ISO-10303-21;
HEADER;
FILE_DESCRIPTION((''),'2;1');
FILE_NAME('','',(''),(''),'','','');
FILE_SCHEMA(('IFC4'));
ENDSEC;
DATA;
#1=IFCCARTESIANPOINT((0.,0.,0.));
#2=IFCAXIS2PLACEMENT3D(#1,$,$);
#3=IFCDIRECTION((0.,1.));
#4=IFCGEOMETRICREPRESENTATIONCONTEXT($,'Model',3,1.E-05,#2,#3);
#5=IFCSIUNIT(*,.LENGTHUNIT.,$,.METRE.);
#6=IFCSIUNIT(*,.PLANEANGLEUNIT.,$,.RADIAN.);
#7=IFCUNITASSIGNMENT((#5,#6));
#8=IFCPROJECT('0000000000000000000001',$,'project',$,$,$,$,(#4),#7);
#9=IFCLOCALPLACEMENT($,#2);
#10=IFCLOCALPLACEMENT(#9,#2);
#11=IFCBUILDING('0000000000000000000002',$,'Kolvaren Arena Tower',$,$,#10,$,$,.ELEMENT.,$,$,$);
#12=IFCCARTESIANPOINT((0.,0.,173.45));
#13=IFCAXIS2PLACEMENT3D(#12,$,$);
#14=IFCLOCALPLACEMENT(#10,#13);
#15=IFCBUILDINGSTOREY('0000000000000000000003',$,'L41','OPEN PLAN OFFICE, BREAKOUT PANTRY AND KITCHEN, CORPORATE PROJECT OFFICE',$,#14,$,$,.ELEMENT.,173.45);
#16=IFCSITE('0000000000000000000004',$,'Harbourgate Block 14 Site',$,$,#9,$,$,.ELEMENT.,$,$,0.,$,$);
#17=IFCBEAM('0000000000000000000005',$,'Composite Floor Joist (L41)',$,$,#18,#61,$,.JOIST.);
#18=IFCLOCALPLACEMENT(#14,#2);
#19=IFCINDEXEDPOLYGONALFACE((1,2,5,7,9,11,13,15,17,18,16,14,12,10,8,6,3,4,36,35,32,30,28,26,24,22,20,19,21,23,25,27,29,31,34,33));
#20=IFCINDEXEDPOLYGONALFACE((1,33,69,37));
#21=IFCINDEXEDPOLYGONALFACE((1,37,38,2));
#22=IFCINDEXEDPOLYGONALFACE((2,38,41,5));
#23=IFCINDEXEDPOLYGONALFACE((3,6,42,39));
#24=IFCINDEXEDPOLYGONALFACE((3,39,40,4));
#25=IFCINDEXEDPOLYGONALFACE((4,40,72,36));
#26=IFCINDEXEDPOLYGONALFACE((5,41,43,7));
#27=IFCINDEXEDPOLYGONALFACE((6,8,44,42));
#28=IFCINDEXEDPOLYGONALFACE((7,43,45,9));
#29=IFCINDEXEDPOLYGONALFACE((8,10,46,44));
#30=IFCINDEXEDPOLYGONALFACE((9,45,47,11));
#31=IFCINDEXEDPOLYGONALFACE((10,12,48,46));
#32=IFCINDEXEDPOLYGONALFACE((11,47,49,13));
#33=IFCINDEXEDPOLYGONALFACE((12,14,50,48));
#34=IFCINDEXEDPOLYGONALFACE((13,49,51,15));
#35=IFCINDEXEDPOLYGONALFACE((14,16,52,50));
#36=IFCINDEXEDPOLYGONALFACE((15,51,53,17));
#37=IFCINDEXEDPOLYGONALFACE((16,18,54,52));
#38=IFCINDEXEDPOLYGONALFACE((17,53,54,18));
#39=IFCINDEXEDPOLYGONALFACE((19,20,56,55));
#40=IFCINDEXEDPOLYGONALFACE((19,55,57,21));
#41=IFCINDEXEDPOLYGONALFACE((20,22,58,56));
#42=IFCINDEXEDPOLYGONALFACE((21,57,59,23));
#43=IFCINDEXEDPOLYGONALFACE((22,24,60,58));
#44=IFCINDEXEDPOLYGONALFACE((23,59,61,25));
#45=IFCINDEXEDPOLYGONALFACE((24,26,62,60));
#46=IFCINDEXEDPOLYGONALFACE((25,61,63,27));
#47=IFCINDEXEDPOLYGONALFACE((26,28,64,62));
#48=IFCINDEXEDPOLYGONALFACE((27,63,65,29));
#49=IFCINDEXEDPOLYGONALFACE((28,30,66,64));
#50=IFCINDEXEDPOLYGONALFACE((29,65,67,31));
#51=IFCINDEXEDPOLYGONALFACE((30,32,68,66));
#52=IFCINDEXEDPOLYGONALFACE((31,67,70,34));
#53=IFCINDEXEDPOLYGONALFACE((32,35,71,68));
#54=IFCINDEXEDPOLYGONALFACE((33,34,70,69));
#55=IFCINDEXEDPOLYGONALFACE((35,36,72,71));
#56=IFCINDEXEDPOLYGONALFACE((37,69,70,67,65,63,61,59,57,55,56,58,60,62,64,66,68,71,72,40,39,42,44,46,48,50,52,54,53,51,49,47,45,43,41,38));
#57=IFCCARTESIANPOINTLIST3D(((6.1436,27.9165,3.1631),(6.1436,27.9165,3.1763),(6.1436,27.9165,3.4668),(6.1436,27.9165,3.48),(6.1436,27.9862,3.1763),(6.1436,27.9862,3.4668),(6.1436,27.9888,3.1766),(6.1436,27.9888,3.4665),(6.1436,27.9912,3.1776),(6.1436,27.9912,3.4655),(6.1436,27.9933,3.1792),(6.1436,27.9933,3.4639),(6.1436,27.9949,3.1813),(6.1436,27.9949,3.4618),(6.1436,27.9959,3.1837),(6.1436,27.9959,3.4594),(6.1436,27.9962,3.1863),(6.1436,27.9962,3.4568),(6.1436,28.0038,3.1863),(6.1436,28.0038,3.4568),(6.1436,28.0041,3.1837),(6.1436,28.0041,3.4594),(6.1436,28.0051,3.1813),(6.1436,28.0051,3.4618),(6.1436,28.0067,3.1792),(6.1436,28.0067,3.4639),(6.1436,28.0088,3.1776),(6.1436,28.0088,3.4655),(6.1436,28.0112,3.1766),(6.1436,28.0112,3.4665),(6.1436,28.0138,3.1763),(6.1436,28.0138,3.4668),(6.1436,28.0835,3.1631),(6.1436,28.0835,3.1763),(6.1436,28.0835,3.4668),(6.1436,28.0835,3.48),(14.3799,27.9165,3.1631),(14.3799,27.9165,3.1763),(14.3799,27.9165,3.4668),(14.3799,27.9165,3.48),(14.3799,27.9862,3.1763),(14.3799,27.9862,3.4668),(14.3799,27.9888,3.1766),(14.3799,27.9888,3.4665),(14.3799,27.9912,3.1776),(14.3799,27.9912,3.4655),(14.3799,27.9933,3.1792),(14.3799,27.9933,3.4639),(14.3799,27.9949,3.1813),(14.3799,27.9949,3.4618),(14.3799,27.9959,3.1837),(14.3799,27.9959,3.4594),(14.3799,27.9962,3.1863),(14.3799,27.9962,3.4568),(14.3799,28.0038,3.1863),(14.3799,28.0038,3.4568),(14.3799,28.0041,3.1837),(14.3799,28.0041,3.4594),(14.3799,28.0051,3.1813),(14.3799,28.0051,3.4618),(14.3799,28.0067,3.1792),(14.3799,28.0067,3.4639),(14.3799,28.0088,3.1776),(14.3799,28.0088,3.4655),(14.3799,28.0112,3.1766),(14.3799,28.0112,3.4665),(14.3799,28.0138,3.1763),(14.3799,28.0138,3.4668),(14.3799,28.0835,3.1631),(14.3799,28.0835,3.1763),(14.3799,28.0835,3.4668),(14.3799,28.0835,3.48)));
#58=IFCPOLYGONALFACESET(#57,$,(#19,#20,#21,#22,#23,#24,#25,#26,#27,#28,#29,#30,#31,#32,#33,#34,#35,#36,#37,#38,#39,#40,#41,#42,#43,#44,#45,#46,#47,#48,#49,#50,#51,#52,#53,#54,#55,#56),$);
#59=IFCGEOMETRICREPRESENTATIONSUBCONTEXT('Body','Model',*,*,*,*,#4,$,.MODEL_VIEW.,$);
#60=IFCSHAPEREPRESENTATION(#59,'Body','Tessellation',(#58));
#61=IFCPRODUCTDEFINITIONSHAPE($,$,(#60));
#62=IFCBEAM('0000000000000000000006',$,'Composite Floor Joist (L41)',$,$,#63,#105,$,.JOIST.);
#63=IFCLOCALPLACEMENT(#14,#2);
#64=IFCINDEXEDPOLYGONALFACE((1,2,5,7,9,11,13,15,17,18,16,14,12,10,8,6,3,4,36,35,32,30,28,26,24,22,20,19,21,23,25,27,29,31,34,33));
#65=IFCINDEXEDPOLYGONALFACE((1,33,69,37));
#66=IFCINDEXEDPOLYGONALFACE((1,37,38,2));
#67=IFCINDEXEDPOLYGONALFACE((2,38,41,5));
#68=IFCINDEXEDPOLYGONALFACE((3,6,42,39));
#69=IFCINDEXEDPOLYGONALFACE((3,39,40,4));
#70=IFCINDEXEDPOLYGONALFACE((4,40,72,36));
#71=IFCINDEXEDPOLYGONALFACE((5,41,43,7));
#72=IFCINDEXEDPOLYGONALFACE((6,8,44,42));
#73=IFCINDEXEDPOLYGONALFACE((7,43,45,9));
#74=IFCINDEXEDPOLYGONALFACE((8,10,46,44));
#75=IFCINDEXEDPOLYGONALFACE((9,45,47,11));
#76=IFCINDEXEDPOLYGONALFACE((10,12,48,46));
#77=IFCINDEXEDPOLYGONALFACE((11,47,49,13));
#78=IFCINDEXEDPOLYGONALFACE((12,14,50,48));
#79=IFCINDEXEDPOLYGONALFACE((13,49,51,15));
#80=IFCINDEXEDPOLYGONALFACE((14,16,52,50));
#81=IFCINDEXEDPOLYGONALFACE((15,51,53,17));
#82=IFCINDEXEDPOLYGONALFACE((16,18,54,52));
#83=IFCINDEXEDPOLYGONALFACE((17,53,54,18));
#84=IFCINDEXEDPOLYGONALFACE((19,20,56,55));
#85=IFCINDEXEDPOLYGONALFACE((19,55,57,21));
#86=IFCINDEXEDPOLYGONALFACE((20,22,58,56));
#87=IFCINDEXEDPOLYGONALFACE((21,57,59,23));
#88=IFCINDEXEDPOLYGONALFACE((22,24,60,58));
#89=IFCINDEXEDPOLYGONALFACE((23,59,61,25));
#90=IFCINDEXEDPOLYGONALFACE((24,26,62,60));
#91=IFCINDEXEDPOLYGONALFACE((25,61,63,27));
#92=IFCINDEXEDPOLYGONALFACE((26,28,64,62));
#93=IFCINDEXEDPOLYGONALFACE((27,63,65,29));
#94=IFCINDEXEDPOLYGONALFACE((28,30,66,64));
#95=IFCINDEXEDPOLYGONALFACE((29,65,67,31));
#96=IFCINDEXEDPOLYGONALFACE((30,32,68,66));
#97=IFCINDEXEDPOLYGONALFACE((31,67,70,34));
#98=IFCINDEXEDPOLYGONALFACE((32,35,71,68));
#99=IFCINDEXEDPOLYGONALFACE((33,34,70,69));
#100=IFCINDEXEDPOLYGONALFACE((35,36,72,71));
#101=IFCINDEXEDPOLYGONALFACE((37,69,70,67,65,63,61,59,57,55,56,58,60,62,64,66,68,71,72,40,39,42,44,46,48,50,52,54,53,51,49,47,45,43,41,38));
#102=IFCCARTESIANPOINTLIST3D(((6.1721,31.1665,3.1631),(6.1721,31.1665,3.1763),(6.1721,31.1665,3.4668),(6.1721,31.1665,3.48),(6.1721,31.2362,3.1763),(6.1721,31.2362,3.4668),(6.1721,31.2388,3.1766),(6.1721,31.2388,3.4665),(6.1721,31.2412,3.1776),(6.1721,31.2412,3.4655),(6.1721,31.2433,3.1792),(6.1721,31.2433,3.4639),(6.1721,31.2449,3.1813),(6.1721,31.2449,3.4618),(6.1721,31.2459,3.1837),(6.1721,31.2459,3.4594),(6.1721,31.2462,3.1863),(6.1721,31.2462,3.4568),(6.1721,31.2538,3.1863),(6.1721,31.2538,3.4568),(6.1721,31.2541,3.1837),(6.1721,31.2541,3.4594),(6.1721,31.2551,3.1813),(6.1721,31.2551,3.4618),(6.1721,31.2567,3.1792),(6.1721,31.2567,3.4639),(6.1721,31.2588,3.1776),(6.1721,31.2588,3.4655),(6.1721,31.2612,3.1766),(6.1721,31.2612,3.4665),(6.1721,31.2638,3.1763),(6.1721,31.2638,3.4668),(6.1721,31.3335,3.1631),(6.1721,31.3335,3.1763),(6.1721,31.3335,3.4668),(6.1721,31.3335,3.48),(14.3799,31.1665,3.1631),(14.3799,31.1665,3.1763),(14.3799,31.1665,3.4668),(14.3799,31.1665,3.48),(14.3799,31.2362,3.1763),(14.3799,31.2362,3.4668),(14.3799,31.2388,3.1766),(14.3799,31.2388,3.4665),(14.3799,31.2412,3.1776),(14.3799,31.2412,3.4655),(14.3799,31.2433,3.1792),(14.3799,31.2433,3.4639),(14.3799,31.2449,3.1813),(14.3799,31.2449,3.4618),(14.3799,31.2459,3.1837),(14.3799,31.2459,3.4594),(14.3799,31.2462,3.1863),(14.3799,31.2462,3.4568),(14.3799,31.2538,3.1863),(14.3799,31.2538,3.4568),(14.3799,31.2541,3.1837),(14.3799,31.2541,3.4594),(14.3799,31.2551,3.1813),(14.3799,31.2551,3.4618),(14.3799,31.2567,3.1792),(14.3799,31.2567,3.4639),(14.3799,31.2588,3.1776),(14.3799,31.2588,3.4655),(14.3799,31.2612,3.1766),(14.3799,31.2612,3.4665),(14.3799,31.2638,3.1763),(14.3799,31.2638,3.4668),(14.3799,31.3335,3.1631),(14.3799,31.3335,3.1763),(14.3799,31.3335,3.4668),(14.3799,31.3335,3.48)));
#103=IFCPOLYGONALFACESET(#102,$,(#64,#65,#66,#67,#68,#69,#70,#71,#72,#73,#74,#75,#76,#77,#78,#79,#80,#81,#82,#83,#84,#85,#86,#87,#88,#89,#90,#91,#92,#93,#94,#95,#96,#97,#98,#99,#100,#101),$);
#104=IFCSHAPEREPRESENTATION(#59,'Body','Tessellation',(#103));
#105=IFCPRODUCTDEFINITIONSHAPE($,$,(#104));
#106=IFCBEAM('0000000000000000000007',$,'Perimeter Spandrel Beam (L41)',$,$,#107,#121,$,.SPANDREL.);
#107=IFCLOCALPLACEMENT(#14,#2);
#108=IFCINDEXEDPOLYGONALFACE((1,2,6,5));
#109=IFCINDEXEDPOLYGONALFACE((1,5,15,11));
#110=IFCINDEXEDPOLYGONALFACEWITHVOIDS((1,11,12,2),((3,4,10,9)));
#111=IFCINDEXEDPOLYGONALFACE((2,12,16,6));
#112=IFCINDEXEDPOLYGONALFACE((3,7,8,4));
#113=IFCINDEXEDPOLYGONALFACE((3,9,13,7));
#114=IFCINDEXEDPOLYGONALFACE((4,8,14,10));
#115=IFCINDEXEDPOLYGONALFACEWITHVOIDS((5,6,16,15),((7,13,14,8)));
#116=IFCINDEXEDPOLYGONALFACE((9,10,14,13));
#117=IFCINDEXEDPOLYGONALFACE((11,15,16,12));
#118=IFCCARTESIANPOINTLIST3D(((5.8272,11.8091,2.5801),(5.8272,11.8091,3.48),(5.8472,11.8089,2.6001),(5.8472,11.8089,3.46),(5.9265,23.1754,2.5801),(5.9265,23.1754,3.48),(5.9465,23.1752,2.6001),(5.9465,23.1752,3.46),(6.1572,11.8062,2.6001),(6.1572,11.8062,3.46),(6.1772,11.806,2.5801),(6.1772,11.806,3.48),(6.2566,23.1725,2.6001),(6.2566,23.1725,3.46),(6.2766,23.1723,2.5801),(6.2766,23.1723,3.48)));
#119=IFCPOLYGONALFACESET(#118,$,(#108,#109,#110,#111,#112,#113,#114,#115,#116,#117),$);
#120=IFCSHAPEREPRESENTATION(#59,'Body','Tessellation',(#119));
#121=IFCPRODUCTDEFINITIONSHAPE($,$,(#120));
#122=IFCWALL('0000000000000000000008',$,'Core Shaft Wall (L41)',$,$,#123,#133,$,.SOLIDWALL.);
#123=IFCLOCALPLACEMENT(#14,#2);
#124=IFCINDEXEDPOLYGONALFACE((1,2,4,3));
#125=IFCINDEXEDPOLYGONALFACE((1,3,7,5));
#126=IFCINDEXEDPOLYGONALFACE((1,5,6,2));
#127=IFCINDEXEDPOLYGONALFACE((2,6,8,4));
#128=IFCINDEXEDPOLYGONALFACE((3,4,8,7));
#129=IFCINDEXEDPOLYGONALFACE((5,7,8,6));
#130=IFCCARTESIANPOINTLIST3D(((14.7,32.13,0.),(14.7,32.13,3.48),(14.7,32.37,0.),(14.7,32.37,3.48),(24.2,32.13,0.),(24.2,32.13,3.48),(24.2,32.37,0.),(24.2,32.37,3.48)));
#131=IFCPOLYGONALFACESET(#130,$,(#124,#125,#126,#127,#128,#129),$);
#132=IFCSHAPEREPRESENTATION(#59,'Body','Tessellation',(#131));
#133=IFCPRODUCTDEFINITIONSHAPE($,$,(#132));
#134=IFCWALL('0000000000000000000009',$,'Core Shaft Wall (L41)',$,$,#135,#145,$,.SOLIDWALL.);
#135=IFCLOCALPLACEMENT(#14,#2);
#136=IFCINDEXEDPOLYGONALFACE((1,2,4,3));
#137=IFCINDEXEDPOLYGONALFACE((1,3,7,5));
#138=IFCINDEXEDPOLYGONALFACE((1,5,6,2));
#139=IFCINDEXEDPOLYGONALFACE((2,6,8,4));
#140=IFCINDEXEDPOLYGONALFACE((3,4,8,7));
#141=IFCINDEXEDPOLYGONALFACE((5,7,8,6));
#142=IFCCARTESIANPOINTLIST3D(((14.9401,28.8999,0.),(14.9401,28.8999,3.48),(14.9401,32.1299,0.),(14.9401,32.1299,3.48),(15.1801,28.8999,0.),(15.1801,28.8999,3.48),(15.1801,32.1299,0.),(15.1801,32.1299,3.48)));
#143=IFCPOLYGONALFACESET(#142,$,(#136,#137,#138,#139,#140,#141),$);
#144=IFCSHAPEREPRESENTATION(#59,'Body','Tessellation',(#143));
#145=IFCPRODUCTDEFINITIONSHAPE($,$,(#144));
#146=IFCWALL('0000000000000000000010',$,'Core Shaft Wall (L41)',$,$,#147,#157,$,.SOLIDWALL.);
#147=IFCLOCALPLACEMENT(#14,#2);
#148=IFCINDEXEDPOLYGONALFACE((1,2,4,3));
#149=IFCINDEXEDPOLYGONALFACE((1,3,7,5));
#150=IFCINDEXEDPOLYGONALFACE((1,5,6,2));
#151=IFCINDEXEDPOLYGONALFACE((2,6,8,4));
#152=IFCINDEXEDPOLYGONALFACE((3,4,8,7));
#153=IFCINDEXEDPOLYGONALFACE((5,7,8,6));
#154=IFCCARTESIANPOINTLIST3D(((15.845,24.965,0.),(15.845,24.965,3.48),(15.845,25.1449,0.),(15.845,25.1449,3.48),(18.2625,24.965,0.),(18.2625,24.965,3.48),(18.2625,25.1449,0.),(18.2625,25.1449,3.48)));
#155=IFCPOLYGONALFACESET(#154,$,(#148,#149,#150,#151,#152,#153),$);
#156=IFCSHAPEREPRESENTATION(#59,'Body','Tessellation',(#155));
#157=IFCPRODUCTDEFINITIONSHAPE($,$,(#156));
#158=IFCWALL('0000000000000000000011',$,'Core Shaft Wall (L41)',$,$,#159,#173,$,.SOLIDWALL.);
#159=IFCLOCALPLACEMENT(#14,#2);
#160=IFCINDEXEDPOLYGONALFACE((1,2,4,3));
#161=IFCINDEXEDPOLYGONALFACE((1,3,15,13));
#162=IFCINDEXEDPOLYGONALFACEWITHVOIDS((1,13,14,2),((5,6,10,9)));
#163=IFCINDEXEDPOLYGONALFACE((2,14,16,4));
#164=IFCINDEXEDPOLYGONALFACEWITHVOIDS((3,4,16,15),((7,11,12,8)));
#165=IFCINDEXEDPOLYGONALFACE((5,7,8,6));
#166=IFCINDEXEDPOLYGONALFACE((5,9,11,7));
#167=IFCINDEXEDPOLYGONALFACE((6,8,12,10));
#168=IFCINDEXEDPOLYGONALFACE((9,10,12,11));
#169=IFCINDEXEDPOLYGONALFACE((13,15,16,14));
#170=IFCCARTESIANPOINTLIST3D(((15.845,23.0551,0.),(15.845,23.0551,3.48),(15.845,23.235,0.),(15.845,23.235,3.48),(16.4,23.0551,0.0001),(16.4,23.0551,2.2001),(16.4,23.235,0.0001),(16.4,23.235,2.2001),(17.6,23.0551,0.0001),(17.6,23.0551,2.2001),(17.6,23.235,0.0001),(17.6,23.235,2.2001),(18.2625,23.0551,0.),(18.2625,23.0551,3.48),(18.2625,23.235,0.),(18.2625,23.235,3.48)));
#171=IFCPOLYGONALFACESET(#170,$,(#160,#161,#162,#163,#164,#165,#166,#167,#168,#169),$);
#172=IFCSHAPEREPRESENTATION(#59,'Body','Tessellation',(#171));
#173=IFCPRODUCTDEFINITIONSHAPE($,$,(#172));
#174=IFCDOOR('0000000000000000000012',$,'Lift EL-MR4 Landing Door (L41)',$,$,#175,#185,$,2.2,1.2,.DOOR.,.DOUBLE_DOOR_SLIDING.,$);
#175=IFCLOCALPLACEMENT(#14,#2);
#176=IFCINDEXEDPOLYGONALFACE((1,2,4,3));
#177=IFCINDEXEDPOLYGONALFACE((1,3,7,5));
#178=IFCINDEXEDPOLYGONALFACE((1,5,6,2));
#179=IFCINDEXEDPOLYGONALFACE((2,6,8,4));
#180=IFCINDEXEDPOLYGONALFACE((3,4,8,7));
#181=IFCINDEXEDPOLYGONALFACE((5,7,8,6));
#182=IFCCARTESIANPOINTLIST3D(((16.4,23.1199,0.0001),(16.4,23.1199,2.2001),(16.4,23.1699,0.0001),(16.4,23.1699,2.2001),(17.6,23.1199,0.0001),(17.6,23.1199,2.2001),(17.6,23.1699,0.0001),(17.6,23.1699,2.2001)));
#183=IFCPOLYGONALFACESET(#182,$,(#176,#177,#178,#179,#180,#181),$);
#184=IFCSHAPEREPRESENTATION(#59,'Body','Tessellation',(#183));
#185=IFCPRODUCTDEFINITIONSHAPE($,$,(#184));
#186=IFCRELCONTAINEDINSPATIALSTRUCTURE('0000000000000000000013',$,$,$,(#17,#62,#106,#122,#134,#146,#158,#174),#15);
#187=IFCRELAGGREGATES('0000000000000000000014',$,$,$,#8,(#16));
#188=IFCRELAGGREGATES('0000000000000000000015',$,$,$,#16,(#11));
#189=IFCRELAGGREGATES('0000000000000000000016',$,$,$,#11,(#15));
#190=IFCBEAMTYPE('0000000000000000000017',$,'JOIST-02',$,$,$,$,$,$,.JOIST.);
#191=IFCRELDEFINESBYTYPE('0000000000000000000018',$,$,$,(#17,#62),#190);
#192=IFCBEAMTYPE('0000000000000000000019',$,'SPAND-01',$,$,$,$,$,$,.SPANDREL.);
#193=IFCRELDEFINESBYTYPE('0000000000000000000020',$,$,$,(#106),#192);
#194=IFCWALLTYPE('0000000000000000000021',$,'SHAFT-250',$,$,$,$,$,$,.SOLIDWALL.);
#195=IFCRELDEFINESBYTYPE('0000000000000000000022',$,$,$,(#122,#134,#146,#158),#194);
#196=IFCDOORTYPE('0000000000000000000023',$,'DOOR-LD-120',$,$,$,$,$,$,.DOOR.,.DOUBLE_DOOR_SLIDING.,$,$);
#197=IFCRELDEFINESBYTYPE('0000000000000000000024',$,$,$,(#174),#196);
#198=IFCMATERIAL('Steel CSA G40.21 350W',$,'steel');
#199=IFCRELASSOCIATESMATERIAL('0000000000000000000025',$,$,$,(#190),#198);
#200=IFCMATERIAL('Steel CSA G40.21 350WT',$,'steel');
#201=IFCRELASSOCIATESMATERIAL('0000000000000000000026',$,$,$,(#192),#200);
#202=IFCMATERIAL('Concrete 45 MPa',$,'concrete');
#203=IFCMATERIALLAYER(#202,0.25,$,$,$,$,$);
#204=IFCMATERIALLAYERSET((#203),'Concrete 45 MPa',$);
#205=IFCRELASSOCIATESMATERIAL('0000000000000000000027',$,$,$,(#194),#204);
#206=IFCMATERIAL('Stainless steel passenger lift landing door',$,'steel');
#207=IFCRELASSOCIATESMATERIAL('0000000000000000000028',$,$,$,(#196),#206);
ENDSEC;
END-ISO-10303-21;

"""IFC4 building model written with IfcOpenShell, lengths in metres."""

from ifc_helpers import new_model, si_unit, direction, frame, frame_2d, origin, origin_2d, place, context, subcontext, project, spatial, rectangle, hollow_rectangle, i_section, extrude, material, layer, layer_set, material_profile, profile_set, type_object, element, fill, save


model = new_model("IFC4")

# Units and contexts
model_context = context("Model", 3, precision=1e-05, world=origin(), true_north=direction((0.0, 1.0)))
body_context = subcontext(model_context, "Body", "Model", "MODEL_VIEW")
ifc_project = project(units=[si_unit("LENGTHUNIT", "METRE"), si_unit("PLANEANGLEUNIT", "RADIAN")], contexts=[model_context])

# Site, building, storey
site_placement = place(None, origin())
site = spatial("IfcSite", under=ifc_project, at=site_placement, Name="Harbourgate Block 14 Site", CompositionType="ELEMENT", RefElevation=0.0)
building_placement = place(site_placement, origin())
building = spatial("IfcBuilding", under=site, at=building_placement, Name="Kolvaren Arena Tower", CompositionType="ELEMENT")
storey_placement = place(building_placement, frame((0.0, 0.0, 173.45)))
storey = spatial("IfcBuildingStorey", under=building, at=storey_placement, Name="L41", Description="OPEN PLAN OFFICE, BREAKOUT PANTRY AND KITCHEN, CORPORATE PROJECT OFFICE", CompositionType="ELEMENT", Elevation=173.45)

# Beams
ifc_material_1 = material(Name="Steel CSA G40.21 350W", Category="steel")
ifc_material_profile_1 = material_profile(ifc_material_1, i_section(OverallWidth=0.167, OverallDepth=0.3169, WebThickness=0.0076, FlangeThickness=0.0132, FilletRadius=0.01, at=origin_2d()), Name="W310x52")
ifc_profile_set_1 = profile_set([ifc_material_profile_1], Name="Steel CSA G40.21 350W")
beam_type_1 = type_object("IfcBeamType", Name="JOIST-02", PredefinedType="JOIST", material=ifc_profile_set_1)
beam_1_placement = place(storey_placement, frame((6.1436, 28.0, 3.3215), z_axis=(1.0, 0.0, 0.0), x_axis=(0.0, 1.0, 0.0)))
element("IfcBeam", 1, at=beam_1_placement, inside=storey, type_object=beam_type_1, Name="Composite Floor Joist (L41)", PredefinedType="JOIST", context=body_context, shape_type="SweptSolid", body=[
    extrude(i_section(OverallWidth=0.167, OverallDepth=0.3169, WebThickness=0.0076, FlangeThickness=0.0132, FilletRadius=0.01, at=origin_2d()), origin(), (0.0, 0.0, 1.0), 8.2363),
])
beam_2_placement = place(storey_placement, frame((6.1721, 31.25, 3.3215), z_axis=(1.0, 0.0, 0.0), x_axis=(0.0, 1.0, 0.0)))
element("IfcBeam", 2, at=beam_2_placement, inside=storey, type_object=beam_type_1, Name="Composite Floor Joist (L41)", PredefinedType="JOIST", context=body_context, shape_type="SweptSolid", body=[
    extrude(i_section(OverallWidth=0.167, OverallDepth=0.3169, WebThickness=0.0076, FlangeThickness=0.0132, FilletRadius=0.01, at=origin_2d()), origin(), (0.0, 0.0, 1.0), 8.2078),
])
ifc_material_2 = material(Name="Steel CSA G40.21 350WT", Category="steel")
ifc_material_profile_2 = material_profile(ifc_material_2, hollow_rectangle(XDim=0.3501, YDim=0.8999, WallThickness=0.02, at=origin_2d()), Name="HSS 900x350x20")
ifc_profile_set_2 = profile_set([ifc_material_profile_2], Name="Steel CSA G40.21 350WT")
beam_type_2 = type_object("IfcBeamType", Name="SPAND-01", PredefinedType="SPANDREL", material=ifc_profile_set_2)
beam_3_placement = place(storey_placement, frame((6.1016, 23.1738, 3.03), z_axis=(-0.008742, -0.999962, 0.0), x_axis=(0.999962, -0.008742, 0.0)))
element("IfcBeam", 3, at=beam_3_placement, inside=storey, type_object=beam_type_2, Name="Perimeter Spandrel Beam (L41)", PredefinedType="SPANDREL", context=body_context, shape_type="SweptSolid", body=[
    extrude(hollow_rectangle(XDim=0.3501, YDim=0.8999, WallThickness=0.02, at=origin_2d()), origin(), (0.0, 0.0, 1.0), 11.3667),
])

# Walls
ifc_material_3 = material(Name="Concrete 45 MPa", Category="concrete")
ifc_layer = layer(ifc_material_3, 0.25)
ifc_layer_set = layer_set([ifc_layer], Name="Concrete 45 MPa")
wall_type = type_object("IfcWallType", Name="SHAFT-250", PredefinedType="SOLIDWALL", material=ifc_layer_set)
wall_1_placement = place(storey_placement, frame((14.7, 32.25, 0.0), z_axis=(0.0, 0.0, 1.0), x_axis=(1.0, 0.0, 0.0)))
element("IfcWall", 4, at=wall_1_placement, inside=storey, type_object=wall_type, Name="Core Shaft Wall (L41)", PredefinedType="SOLIDWALL", context=body_context, shape_type="SweptSolid", body=[
    extrude(rectangle(XDim=9.5, YDim=0.24, at=frame_2d((4.75, 0.0))), origin(), (0.0, 0.0, 1.0), 3.48),
])
wall_2_placement = place(storey_placement, frame((15.0601, 28.8999, 0.0), z_axis=(0.0, 0.0, 1.0), x_axis=(0.0, 1.0, 0.0)))
element("IfcWall", 5, at=wall_2_placement, inside=storey, type_object=wall_type, Name="Core Shaft Wall (L41)", PredefinedType="SOLIDWALL", context=body_context, shape_type="SweptSolid", body=[
    extrude(rectangle(XDim=3.23, YDim=0.24, at=frame_2d((1.615, 0.0))), origin(), (0.0, 0.0, 1.0), 3.48),
])
wall_3_placement = place(storey_placement, frame((15.845, 25.0549, 0.0), z_axis=(0.0, 0.0, 1.0), x_axis=(1.0, 0.0, 0.0)))
element("IfcWall", 6, at=wall_3_placement, inside=storey, type_object=wall_type, Name="Core Shaft Wall (L41)", PredefinedType="SOLIDWALL", context=body_context, shape_type="SweptSolid", body=[
    extrude(rectangle(XDim=2.4175, YDim=0.1799, at=frame_2d((1.2087, 0.0))), origin(), (0.0, 0.0, 1.0), 3.48),
])

# Wall, opening, door
wall_4_placement = place(storey_placement, frame((15.845, 23.145, 0.0), z_axis=(0.0, 0.0, 1.0), x_axis=(1.0, 0.0, 0.0)))
wall_4 = element("IfcWall", 7, at=wall_4_placement, inside=storey, type_object=wall_type, Name="Core Shaft Wall (L41)", PredefinedType="SOLIDWALL", context=body_context, shape_type="SweptSolid", body=[
    extrude(rectangle(XDim=2.4175, YDim=0.1799, at=frame_2d((1.2087, 0.0))), origin(), (0.0, 0.0, 1.0), 3.48),
])
opening_1_placement = place(wall_4_placement, frame((0.5549, 0.0, 0.0)))
opening_1 = element("IfcOpeningElement", 8, at=opening_1_placement, cuts=wall_4, PredefinedType="OPENING", context=body_context, shape_type="SweptSolid", body=[
    extrude(rectangle(XDim=1.2, YDim=2.2, at=frame_2d((0.6001, 1.1001))), frame((0.0, 0.0999, 0.0), z_axis=(0.0, -1.0, 0.0), x_axis=(1.0, 0.0, 0.0)), (0.0, 0.0, 1.0), 0.2),
])
ifc_material_4 = material(Name="Stainless steel passenger lift landing door", Category="steel")
door_type_1 = type_object("IfcDoorType", Name="DOOR-LD-120", OperationType="DOUBLE_DOOR_SLIDING", PredefinedType="DOOR", material=ifc_material_4)
door_1_placement = place(opening_1_placement, origin())
door_1 = element("IfcDoor", 9, at=door_1_placement, inside=storey, type_object=door_type_1, Name="Lift EL-MR4 Landing Door (L41)", OperationType="DOUBLE_DOOR_SLIDING", OverallHeight=2.2, OverallWidth=1.2, PredefinedType="DOOR", context=body_context, shape_type="SweptSolid", body=[
    extrude(rectangle(XDim=1.2, YDim=2.2, at=frame_2d((0.6001, 1.1001))), frame((0.0, 0.0249, 0.0), z_axis=(0.0, -1.0, 0.0), x_axis=(1.0, 0.0, 0.0)), (0.0, 0.0, 1.0), 0.05),
])
fill(opening_1, door_1)

save(model, "model.ifc")
